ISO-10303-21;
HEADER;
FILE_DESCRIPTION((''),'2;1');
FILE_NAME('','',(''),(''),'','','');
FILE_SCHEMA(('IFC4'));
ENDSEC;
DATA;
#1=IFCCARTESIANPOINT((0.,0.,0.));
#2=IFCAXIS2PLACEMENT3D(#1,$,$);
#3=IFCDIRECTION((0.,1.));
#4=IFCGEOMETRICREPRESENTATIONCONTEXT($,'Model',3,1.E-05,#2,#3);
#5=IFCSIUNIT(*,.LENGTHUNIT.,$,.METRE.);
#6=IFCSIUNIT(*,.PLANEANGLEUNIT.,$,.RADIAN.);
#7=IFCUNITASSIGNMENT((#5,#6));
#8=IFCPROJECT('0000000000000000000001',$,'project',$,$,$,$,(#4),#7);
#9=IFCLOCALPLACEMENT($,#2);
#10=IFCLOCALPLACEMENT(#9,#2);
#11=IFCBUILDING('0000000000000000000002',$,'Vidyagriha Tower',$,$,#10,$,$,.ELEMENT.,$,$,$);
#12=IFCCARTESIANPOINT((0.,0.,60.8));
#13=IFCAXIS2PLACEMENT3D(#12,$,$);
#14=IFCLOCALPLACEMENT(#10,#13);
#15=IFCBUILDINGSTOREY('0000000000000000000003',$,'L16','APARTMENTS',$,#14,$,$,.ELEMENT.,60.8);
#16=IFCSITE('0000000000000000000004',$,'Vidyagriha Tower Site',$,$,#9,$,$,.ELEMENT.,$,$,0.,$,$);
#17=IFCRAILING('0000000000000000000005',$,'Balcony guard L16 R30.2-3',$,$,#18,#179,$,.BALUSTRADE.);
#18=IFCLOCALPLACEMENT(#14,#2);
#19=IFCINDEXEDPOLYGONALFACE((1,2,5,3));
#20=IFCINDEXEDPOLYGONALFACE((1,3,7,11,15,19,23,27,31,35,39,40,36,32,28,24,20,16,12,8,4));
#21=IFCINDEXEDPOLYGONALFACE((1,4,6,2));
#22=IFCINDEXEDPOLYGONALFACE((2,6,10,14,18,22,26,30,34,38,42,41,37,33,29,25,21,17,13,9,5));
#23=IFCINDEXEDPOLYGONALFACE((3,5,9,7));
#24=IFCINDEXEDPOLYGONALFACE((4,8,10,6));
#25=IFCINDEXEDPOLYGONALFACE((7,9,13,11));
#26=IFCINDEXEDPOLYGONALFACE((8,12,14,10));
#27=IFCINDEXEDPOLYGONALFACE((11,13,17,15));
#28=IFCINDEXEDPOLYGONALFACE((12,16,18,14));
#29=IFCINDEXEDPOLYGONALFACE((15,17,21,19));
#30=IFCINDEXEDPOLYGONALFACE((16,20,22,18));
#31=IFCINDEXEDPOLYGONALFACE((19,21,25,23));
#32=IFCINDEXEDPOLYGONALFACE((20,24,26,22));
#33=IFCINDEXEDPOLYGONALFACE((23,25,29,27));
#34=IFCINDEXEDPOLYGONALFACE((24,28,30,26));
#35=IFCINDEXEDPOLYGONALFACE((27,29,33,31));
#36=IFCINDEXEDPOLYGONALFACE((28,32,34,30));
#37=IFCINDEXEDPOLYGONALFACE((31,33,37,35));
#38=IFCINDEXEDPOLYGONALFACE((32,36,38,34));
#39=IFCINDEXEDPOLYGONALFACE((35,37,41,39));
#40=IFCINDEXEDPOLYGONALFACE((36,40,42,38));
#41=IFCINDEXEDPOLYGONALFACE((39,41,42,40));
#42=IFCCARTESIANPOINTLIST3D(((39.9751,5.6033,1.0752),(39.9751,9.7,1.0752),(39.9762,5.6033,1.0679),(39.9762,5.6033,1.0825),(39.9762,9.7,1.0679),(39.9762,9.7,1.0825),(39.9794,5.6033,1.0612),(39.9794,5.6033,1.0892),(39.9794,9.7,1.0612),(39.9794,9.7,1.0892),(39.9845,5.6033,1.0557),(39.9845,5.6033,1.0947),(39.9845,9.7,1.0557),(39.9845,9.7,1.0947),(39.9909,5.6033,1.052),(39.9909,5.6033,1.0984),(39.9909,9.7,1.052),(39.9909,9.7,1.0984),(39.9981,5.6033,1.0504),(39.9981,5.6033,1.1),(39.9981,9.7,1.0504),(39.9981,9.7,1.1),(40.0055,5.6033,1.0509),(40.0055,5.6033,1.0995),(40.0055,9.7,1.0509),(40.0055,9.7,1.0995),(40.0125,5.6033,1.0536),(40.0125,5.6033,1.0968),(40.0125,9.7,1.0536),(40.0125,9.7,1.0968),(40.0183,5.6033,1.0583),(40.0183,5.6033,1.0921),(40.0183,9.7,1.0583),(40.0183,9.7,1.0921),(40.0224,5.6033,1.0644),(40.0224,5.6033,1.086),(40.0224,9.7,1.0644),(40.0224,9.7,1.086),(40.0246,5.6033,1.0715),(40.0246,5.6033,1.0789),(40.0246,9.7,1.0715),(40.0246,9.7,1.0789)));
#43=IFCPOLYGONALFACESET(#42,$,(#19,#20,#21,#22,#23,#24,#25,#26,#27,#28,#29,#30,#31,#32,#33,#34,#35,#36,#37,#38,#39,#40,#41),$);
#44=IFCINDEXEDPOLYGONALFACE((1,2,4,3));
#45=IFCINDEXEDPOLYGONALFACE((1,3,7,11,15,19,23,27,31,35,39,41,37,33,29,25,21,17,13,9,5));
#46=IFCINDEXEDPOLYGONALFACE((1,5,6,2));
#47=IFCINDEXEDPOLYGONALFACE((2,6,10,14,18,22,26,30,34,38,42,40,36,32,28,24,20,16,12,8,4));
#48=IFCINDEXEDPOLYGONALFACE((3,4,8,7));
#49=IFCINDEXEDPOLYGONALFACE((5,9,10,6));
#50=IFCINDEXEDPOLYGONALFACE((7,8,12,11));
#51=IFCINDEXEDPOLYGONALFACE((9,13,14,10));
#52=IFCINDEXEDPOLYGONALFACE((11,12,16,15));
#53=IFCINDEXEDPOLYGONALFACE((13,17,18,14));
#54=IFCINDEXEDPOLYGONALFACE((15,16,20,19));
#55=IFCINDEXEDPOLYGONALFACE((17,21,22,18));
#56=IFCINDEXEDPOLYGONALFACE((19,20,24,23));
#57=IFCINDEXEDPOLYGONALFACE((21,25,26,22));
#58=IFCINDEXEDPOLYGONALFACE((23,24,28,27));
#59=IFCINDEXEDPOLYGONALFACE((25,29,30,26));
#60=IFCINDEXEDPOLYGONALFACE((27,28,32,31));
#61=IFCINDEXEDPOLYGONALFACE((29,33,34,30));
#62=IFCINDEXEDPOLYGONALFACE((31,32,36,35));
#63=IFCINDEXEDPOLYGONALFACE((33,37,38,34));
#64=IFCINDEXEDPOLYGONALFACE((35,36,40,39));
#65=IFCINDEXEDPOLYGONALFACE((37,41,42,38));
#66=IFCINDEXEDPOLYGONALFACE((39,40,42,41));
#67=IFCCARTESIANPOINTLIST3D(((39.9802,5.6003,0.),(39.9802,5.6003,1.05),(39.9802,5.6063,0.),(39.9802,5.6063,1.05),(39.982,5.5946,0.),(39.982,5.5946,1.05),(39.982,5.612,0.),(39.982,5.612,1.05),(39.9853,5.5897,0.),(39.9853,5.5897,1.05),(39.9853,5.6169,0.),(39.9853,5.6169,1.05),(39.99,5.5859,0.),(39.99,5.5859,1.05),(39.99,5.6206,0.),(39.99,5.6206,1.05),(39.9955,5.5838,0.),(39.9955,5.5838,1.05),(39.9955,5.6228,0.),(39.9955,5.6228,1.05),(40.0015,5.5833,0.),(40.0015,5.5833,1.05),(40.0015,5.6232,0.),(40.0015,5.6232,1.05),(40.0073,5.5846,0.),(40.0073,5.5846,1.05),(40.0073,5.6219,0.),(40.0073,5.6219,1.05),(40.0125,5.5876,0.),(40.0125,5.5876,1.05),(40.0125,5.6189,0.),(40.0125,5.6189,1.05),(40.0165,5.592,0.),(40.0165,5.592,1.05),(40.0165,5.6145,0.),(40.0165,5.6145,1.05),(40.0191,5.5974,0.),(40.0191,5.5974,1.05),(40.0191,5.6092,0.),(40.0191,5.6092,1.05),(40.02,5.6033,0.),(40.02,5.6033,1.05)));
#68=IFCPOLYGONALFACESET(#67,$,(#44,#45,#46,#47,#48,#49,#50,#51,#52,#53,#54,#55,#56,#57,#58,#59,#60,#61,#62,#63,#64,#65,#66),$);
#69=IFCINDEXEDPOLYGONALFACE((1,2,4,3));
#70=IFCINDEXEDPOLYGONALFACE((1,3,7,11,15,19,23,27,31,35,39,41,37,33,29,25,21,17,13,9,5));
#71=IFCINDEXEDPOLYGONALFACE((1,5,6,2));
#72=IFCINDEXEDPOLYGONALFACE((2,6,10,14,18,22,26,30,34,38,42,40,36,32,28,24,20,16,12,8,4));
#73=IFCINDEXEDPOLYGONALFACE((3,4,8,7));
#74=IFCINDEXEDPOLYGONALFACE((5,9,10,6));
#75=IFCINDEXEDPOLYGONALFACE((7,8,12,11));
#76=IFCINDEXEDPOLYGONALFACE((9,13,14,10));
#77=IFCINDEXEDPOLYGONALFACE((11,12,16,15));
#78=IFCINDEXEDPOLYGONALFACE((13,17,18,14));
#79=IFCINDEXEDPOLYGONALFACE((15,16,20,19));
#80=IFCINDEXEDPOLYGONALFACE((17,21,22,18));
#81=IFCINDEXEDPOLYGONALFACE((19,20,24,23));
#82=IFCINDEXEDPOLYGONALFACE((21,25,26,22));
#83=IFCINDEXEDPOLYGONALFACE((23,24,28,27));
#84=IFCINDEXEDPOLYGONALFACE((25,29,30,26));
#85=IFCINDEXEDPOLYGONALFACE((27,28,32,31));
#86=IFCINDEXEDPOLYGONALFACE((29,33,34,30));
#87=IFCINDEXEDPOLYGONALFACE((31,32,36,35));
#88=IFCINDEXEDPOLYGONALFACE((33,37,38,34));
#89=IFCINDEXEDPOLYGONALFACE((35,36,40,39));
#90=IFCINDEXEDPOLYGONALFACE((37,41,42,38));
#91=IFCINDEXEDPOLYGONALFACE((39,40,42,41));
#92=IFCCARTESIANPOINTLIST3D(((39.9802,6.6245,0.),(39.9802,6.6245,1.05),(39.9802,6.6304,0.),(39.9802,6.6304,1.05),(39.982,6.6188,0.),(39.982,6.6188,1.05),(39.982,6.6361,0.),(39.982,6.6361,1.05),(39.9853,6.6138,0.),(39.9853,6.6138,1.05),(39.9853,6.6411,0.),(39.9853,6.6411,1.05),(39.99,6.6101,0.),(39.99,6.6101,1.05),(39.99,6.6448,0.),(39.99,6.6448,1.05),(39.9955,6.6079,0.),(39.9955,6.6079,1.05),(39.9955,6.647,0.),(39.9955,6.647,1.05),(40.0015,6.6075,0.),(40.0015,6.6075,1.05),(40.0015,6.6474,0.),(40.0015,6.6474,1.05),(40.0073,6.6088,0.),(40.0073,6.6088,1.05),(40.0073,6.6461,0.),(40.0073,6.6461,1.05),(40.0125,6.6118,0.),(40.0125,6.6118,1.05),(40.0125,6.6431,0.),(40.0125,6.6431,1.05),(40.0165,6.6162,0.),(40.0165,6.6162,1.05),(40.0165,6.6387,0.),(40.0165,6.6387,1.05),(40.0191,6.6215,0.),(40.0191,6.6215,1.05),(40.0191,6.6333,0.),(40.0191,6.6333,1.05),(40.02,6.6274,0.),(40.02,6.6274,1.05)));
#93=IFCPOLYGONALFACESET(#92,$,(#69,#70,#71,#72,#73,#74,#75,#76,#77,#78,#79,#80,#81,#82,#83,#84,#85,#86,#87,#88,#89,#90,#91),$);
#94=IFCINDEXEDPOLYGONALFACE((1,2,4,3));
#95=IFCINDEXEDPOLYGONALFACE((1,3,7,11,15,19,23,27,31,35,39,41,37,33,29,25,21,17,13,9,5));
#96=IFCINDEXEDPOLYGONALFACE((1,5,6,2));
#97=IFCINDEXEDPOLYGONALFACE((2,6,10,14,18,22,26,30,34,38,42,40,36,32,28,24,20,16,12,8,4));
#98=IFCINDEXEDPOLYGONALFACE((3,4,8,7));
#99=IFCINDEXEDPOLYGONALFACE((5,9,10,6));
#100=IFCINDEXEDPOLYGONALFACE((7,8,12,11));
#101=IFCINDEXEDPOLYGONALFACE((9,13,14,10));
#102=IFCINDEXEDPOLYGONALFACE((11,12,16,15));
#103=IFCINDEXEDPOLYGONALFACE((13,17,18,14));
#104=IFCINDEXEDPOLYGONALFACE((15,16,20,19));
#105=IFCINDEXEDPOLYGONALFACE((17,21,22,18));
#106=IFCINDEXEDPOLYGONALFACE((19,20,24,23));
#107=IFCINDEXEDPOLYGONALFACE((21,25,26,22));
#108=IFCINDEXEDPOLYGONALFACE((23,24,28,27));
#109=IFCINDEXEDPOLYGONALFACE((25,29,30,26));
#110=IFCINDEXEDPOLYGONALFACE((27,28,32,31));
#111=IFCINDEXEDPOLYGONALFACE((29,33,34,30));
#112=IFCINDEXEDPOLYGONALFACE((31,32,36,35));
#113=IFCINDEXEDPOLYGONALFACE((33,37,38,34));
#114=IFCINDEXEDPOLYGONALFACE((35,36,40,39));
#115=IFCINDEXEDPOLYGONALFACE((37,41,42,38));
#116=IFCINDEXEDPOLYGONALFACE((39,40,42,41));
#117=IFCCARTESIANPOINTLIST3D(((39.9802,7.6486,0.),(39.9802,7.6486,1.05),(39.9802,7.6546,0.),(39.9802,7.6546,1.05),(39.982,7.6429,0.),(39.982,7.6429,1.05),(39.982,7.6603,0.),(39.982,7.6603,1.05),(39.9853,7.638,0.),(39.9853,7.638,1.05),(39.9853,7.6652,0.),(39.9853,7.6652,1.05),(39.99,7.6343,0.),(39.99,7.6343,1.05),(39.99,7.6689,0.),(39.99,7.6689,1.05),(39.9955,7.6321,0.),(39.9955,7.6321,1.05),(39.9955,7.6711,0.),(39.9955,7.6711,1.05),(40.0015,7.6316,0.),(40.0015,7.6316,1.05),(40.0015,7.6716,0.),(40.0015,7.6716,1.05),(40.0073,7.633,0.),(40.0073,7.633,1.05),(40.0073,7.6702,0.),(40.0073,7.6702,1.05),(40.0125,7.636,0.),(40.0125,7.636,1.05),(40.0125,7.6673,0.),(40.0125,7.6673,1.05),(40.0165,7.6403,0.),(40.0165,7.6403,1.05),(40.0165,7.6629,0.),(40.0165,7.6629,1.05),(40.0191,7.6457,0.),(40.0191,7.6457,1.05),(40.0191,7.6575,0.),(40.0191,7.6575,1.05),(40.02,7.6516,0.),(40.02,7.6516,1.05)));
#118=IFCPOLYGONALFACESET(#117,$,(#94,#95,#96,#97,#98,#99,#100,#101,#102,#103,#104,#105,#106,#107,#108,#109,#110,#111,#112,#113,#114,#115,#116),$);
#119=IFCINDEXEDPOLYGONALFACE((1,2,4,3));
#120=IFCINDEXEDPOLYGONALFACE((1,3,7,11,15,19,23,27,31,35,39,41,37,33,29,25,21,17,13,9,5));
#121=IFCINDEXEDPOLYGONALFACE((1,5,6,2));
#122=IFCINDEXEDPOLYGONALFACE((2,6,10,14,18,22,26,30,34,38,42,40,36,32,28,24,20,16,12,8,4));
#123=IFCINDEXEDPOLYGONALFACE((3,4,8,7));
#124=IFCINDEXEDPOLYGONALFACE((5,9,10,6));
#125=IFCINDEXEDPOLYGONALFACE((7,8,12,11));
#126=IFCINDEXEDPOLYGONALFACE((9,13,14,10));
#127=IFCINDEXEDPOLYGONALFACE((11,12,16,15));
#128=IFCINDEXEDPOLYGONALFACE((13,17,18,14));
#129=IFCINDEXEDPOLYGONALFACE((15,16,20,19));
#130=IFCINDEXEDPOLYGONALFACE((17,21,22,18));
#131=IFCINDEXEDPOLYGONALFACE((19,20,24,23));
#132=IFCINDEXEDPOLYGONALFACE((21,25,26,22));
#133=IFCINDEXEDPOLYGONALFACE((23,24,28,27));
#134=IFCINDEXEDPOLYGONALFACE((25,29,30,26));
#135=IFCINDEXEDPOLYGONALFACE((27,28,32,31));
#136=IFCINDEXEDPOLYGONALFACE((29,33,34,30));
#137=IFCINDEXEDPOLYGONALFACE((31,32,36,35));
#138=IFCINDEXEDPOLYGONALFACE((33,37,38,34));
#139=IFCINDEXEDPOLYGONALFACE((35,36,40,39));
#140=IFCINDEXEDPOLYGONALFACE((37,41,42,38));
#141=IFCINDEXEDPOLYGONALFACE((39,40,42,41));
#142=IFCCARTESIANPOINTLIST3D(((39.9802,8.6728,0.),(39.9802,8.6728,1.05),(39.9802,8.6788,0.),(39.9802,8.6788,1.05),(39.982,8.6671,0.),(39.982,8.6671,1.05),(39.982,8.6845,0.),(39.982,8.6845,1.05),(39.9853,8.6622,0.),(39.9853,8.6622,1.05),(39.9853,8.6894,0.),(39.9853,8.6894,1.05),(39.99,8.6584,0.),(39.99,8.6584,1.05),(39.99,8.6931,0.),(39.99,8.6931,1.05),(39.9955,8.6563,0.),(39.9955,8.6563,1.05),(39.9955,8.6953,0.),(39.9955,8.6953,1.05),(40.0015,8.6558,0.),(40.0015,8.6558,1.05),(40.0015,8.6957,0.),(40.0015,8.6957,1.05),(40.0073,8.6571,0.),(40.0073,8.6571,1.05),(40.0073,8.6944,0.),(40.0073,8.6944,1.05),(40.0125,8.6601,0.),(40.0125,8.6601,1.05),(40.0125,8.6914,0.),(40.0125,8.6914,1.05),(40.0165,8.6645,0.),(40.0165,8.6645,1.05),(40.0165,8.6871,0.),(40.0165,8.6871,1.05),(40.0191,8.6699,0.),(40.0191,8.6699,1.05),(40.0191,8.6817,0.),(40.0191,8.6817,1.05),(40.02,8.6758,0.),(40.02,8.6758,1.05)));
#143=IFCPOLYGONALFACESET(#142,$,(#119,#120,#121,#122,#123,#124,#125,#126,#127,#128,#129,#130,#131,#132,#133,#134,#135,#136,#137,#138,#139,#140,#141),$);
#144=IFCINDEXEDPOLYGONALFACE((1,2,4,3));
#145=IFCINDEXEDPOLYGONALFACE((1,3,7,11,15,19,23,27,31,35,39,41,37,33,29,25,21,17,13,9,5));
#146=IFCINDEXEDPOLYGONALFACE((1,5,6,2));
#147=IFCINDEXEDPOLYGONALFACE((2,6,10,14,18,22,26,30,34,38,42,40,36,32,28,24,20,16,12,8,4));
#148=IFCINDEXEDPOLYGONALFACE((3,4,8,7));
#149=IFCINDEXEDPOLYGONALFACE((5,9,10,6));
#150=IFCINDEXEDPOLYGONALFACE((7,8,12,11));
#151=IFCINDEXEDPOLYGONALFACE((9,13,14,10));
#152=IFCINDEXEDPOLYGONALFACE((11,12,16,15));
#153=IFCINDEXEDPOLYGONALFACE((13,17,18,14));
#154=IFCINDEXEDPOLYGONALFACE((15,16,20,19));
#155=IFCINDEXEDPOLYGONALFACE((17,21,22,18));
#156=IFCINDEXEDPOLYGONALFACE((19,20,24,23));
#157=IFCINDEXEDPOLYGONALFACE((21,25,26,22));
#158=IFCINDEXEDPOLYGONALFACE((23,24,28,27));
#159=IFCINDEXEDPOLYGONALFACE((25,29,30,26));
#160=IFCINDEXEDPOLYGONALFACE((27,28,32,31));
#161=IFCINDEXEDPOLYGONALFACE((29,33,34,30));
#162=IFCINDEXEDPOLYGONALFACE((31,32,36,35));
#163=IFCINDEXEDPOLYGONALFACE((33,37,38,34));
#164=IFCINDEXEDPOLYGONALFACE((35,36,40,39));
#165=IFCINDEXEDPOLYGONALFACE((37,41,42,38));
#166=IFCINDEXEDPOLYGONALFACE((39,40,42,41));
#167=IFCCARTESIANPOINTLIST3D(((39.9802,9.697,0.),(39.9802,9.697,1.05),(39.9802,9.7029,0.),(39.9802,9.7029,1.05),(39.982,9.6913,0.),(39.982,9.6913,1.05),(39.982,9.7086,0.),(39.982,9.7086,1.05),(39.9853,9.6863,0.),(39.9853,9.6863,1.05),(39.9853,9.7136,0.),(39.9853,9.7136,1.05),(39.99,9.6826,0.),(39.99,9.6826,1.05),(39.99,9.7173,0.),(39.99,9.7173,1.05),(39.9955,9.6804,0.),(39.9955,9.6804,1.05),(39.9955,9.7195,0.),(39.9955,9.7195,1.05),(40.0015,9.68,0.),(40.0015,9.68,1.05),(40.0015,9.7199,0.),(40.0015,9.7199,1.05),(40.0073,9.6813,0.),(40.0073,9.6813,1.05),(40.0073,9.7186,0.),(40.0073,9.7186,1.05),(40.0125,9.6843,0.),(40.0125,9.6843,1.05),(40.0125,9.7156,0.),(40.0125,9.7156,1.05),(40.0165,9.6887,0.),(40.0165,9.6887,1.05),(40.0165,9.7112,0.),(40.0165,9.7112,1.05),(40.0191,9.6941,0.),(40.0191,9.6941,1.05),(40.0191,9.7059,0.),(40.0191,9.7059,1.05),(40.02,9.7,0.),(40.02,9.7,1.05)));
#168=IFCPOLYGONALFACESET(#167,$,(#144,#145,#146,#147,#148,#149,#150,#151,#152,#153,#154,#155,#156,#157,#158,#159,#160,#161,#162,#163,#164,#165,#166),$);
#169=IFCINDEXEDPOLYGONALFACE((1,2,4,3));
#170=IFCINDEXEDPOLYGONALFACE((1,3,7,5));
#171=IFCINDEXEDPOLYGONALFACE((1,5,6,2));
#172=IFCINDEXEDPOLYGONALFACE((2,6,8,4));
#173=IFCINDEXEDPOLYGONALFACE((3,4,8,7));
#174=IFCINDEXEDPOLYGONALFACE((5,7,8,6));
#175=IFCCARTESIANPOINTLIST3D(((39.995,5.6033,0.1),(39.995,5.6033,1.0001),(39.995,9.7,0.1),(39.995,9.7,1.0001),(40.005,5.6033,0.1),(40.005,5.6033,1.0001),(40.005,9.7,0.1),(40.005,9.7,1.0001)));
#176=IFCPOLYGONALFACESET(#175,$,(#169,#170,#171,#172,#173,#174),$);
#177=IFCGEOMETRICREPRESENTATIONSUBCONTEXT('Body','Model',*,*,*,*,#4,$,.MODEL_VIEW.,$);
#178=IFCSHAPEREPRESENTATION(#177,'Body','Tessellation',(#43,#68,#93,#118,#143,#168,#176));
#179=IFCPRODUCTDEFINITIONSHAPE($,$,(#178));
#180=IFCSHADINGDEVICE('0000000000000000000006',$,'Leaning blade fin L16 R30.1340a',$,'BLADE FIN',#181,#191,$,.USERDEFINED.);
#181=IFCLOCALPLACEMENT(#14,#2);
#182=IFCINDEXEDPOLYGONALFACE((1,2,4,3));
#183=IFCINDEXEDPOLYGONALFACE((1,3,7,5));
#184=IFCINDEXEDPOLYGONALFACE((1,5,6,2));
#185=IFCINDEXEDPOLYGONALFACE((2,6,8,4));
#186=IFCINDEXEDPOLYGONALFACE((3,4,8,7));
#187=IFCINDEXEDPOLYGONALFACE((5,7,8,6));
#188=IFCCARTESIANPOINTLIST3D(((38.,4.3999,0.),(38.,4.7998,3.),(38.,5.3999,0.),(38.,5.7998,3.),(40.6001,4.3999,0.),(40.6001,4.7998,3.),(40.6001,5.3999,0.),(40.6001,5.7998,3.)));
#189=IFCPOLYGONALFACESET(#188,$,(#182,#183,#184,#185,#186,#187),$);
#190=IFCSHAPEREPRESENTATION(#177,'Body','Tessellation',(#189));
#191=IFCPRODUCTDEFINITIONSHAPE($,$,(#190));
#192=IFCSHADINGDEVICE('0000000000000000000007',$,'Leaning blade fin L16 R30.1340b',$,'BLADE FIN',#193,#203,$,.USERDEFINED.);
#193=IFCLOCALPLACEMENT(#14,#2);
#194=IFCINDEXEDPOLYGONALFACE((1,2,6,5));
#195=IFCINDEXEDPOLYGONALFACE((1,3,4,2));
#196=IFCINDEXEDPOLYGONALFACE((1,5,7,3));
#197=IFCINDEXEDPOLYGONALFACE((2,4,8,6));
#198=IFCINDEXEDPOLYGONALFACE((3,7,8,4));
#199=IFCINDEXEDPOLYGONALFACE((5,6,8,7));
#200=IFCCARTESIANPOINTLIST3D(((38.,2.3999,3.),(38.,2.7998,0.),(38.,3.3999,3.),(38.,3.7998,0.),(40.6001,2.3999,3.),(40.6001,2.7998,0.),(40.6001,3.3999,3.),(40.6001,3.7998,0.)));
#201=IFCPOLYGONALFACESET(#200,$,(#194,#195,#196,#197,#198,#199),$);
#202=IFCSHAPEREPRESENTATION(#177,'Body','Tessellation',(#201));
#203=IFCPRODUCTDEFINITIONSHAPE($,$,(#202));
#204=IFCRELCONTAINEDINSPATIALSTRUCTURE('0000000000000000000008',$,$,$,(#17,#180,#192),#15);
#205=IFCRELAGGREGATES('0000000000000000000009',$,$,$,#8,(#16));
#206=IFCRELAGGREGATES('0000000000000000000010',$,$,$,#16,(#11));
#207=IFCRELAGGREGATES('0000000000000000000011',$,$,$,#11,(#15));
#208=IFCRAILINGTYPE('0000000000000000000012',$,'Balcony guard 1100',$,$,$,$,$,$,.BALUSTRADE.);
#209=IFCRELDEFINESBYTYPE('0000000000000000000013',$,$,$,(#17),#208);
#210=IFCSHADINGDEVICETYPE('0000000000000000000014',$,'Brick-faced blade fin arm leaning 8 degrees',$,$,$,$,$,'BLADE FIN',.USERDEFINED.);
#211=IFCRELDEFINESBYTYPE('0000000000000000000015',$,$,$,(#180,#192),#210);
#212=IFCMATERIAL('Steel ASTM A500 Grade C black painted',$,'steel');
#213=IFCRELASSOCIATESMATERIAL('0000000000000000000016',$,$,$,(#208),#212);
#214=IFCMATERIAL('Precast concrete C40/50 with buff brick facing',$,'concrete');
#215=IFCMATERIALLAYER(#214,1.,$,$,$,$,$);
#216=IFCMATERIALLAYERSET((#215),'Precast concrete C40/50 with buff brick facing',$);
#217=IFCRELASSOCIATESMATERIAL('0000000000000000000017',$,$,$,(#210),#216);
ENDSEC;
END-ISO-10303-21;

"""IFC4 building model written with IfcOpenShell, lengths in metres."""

from ifc_helpers import new_model, si_unit, direction, frame, origin, origin_2d, place, context, subcontext, project, spatial, polyline, rectangle, circle, outline, extrude, material, layer, layer_set, type_object, element, save


model = new_model("IFC4")

# Units and contexts
model_context = context("Model", 3, precision=1e-05, world=origin(), true_north=direction((0.0, 1.0)))
body_context = subcontext(model_context, "Body", "Model", "MODEL_VIEW")
ifc_project = project(units=[si_unit("LENGTHUNIT", "METRE"), si_unit("PLANEANGLEUNIT", "RADIAN")], contexts=[model_context])

# Site, building, storey
site_placement = place(None, origin())
site = spatial("IfcSite", under=ifc_project, at=site_placement, Name="Vidyagriha Tower Site", CompositionType="ELEMENT", RefElevation=0.0)
building_placement = place(site_placement, origin())
building = spatial("IfcBuilding", under=site, at=building_placement, Name="Vidyagriha Tower", CompositionType="ELEMENT")
storey_placement = place(building_placement, frame((0.0, 0.0, 60.8)))
storey = spatial("IfcBuildingStorey", under=building, at=storey_placement, Name="L16", Description="APARTMENTS", CompositionType="ELEMENT", Elevation=60.8)

# Railing
ifc_material_1 = material(Name="Steel ASTM A500 Grade C black painted", Category="steel")
railing_type_1 = type_object("IfcRailingType", Name="Balcony guard 1100", PredefinedType="BALUSTRADE", material=ifc_material_1)
railing_1_placement = place(storey_placement, frame((40.0, 5.6033, 0.0)))
element("IfcRailing", 1, at=railing_1_placement, inside=storey, type_object=railing_type_1, Name="Balcony guard L16 R30.2-3", PredefinedType="BALUSTRADE", context=body_context, shape_type="SweptSolid", body=[
    extrude(circle(Radius=0.0249, at=origin_2d()), frame((0.0, 0.0, 1.0752), z_axis=(0.0, 1.0, 0.0), x_axis=(-1.0, 0.0, 0.0)), (0.0, 0.0, 1.0), 4.0967),
    extrude(circle(Radius=0.02, at=origin_2d()), origin(), (0.0, 0.0, 1.0), 1.05),
    extrude(circle(Radius=0.02, at=origin_2d()), frame((0.0, 1.0242, 0.0)), (0.0, 0.0, 1.0), 1.05),
    extrude(circle(Radius=0.02, at=origin_2d()), frame((0.0, 2.0483, 0.0)), (0.0, 0.0, 1.0), 1.05),
    extrude(circle(Radius=0.02, at=origin_2d()), frame((0.0, 3.0725, 0.0)), (0.0, 0.0, 1.0), 1.05),
    extrude(circle(Radius=0.02, at=origin_2d()), frame((0.0, 4.0967, 0.0)), (0.0, 0.0, 1.0), 1.05),
    extrude(rectangle(XDim=0.01, YDim=0.9001, at=origin_2d()), frame((0.0, 0.0, 0.55), z_axis=(0.0, 1.0, 0.0), x_axis=(-1.0, 0.0, 0.0)), (0.0, 0.0, 1.0), 4.0967),
])

# Shading devices
ifc_material_2 = material(Name="Precast concrete C40/50 with buff brick facing", Category="concrete")
ifc_layer_1 = layer(ifc_material_2, 1.0)
ifc_layer_set_1 = layer_set([ifc_layer_1], Name="Precast concrete C40/50 with buff brick facing")
shading_device_type_1 = type_object("IfcShadingDeviceType", Name="Brick-faced blade fin arm leaning 8 degrees", ElementType="BLADE FIN", PredefinedType="USERDEFINED", material=ifc_layer_set_1)
shading_device_1_placement = place(storey_placement, frame((39.3, 4.3999, 0.0), z_axis=(0.0, 0.0, 1.0), x_axis=(0.0, 1.0, 0.0)))
element("IfcShadingDevice", 2, at=shading_device_1_placement, inside=storey, type_object=shading_device_type_1, Name="Leaning blade fin L16 R30.1340a", ObjectType="BLADE FIN", PredefinedType="USERDEFINED", context=body_context, shape_type="SweptSolid", body=[
    extrude(outline(polyline([(0.0, 0.0), (1.0, 0.0), (1.3999, 3.0), (0.3999, 3.0), (0.0, 0.0)])), frame((0.0, 1.3, 0.0), z_axis=(0.0, -1.0, 0.0), x_axis=(1.0, 0.0, 0.0)), (0.0, 0.0, 1.0), 2.6001),
])
shading_device_2_placement = place(storey_placement, frame((39.3, 2.3999, 0.0), z_axis=(0.0, 0.0, 1.0), x_axis=(0.0, 1.0, 0.0)))
element("IfcShadingDevice", 3, at=shading_device_2_placement, inside=storey, type_object=shading_device_type_1, Name="Leaning blade fin L16 R30.1340b", ObjectType="BLADE FIN", PredefinedType="USERDEFINED", context=body_context, shape_type="SweptSolid", body=[
    extrude(outline(polyline([(0.3999, 0.0), (1.3999, 0.0), (1.0, 3.0), (0.0, 3.0), (0.3999, 0.0)])), frame((0.0, 1.3, 0.0), z_axis=(0.0, -1.0, 0.0), x_axis=(1.0, 0.0, 0.0)), (0.0, 0.0, 1.0), 2.6001),
])

save(model, "model.ifc")
